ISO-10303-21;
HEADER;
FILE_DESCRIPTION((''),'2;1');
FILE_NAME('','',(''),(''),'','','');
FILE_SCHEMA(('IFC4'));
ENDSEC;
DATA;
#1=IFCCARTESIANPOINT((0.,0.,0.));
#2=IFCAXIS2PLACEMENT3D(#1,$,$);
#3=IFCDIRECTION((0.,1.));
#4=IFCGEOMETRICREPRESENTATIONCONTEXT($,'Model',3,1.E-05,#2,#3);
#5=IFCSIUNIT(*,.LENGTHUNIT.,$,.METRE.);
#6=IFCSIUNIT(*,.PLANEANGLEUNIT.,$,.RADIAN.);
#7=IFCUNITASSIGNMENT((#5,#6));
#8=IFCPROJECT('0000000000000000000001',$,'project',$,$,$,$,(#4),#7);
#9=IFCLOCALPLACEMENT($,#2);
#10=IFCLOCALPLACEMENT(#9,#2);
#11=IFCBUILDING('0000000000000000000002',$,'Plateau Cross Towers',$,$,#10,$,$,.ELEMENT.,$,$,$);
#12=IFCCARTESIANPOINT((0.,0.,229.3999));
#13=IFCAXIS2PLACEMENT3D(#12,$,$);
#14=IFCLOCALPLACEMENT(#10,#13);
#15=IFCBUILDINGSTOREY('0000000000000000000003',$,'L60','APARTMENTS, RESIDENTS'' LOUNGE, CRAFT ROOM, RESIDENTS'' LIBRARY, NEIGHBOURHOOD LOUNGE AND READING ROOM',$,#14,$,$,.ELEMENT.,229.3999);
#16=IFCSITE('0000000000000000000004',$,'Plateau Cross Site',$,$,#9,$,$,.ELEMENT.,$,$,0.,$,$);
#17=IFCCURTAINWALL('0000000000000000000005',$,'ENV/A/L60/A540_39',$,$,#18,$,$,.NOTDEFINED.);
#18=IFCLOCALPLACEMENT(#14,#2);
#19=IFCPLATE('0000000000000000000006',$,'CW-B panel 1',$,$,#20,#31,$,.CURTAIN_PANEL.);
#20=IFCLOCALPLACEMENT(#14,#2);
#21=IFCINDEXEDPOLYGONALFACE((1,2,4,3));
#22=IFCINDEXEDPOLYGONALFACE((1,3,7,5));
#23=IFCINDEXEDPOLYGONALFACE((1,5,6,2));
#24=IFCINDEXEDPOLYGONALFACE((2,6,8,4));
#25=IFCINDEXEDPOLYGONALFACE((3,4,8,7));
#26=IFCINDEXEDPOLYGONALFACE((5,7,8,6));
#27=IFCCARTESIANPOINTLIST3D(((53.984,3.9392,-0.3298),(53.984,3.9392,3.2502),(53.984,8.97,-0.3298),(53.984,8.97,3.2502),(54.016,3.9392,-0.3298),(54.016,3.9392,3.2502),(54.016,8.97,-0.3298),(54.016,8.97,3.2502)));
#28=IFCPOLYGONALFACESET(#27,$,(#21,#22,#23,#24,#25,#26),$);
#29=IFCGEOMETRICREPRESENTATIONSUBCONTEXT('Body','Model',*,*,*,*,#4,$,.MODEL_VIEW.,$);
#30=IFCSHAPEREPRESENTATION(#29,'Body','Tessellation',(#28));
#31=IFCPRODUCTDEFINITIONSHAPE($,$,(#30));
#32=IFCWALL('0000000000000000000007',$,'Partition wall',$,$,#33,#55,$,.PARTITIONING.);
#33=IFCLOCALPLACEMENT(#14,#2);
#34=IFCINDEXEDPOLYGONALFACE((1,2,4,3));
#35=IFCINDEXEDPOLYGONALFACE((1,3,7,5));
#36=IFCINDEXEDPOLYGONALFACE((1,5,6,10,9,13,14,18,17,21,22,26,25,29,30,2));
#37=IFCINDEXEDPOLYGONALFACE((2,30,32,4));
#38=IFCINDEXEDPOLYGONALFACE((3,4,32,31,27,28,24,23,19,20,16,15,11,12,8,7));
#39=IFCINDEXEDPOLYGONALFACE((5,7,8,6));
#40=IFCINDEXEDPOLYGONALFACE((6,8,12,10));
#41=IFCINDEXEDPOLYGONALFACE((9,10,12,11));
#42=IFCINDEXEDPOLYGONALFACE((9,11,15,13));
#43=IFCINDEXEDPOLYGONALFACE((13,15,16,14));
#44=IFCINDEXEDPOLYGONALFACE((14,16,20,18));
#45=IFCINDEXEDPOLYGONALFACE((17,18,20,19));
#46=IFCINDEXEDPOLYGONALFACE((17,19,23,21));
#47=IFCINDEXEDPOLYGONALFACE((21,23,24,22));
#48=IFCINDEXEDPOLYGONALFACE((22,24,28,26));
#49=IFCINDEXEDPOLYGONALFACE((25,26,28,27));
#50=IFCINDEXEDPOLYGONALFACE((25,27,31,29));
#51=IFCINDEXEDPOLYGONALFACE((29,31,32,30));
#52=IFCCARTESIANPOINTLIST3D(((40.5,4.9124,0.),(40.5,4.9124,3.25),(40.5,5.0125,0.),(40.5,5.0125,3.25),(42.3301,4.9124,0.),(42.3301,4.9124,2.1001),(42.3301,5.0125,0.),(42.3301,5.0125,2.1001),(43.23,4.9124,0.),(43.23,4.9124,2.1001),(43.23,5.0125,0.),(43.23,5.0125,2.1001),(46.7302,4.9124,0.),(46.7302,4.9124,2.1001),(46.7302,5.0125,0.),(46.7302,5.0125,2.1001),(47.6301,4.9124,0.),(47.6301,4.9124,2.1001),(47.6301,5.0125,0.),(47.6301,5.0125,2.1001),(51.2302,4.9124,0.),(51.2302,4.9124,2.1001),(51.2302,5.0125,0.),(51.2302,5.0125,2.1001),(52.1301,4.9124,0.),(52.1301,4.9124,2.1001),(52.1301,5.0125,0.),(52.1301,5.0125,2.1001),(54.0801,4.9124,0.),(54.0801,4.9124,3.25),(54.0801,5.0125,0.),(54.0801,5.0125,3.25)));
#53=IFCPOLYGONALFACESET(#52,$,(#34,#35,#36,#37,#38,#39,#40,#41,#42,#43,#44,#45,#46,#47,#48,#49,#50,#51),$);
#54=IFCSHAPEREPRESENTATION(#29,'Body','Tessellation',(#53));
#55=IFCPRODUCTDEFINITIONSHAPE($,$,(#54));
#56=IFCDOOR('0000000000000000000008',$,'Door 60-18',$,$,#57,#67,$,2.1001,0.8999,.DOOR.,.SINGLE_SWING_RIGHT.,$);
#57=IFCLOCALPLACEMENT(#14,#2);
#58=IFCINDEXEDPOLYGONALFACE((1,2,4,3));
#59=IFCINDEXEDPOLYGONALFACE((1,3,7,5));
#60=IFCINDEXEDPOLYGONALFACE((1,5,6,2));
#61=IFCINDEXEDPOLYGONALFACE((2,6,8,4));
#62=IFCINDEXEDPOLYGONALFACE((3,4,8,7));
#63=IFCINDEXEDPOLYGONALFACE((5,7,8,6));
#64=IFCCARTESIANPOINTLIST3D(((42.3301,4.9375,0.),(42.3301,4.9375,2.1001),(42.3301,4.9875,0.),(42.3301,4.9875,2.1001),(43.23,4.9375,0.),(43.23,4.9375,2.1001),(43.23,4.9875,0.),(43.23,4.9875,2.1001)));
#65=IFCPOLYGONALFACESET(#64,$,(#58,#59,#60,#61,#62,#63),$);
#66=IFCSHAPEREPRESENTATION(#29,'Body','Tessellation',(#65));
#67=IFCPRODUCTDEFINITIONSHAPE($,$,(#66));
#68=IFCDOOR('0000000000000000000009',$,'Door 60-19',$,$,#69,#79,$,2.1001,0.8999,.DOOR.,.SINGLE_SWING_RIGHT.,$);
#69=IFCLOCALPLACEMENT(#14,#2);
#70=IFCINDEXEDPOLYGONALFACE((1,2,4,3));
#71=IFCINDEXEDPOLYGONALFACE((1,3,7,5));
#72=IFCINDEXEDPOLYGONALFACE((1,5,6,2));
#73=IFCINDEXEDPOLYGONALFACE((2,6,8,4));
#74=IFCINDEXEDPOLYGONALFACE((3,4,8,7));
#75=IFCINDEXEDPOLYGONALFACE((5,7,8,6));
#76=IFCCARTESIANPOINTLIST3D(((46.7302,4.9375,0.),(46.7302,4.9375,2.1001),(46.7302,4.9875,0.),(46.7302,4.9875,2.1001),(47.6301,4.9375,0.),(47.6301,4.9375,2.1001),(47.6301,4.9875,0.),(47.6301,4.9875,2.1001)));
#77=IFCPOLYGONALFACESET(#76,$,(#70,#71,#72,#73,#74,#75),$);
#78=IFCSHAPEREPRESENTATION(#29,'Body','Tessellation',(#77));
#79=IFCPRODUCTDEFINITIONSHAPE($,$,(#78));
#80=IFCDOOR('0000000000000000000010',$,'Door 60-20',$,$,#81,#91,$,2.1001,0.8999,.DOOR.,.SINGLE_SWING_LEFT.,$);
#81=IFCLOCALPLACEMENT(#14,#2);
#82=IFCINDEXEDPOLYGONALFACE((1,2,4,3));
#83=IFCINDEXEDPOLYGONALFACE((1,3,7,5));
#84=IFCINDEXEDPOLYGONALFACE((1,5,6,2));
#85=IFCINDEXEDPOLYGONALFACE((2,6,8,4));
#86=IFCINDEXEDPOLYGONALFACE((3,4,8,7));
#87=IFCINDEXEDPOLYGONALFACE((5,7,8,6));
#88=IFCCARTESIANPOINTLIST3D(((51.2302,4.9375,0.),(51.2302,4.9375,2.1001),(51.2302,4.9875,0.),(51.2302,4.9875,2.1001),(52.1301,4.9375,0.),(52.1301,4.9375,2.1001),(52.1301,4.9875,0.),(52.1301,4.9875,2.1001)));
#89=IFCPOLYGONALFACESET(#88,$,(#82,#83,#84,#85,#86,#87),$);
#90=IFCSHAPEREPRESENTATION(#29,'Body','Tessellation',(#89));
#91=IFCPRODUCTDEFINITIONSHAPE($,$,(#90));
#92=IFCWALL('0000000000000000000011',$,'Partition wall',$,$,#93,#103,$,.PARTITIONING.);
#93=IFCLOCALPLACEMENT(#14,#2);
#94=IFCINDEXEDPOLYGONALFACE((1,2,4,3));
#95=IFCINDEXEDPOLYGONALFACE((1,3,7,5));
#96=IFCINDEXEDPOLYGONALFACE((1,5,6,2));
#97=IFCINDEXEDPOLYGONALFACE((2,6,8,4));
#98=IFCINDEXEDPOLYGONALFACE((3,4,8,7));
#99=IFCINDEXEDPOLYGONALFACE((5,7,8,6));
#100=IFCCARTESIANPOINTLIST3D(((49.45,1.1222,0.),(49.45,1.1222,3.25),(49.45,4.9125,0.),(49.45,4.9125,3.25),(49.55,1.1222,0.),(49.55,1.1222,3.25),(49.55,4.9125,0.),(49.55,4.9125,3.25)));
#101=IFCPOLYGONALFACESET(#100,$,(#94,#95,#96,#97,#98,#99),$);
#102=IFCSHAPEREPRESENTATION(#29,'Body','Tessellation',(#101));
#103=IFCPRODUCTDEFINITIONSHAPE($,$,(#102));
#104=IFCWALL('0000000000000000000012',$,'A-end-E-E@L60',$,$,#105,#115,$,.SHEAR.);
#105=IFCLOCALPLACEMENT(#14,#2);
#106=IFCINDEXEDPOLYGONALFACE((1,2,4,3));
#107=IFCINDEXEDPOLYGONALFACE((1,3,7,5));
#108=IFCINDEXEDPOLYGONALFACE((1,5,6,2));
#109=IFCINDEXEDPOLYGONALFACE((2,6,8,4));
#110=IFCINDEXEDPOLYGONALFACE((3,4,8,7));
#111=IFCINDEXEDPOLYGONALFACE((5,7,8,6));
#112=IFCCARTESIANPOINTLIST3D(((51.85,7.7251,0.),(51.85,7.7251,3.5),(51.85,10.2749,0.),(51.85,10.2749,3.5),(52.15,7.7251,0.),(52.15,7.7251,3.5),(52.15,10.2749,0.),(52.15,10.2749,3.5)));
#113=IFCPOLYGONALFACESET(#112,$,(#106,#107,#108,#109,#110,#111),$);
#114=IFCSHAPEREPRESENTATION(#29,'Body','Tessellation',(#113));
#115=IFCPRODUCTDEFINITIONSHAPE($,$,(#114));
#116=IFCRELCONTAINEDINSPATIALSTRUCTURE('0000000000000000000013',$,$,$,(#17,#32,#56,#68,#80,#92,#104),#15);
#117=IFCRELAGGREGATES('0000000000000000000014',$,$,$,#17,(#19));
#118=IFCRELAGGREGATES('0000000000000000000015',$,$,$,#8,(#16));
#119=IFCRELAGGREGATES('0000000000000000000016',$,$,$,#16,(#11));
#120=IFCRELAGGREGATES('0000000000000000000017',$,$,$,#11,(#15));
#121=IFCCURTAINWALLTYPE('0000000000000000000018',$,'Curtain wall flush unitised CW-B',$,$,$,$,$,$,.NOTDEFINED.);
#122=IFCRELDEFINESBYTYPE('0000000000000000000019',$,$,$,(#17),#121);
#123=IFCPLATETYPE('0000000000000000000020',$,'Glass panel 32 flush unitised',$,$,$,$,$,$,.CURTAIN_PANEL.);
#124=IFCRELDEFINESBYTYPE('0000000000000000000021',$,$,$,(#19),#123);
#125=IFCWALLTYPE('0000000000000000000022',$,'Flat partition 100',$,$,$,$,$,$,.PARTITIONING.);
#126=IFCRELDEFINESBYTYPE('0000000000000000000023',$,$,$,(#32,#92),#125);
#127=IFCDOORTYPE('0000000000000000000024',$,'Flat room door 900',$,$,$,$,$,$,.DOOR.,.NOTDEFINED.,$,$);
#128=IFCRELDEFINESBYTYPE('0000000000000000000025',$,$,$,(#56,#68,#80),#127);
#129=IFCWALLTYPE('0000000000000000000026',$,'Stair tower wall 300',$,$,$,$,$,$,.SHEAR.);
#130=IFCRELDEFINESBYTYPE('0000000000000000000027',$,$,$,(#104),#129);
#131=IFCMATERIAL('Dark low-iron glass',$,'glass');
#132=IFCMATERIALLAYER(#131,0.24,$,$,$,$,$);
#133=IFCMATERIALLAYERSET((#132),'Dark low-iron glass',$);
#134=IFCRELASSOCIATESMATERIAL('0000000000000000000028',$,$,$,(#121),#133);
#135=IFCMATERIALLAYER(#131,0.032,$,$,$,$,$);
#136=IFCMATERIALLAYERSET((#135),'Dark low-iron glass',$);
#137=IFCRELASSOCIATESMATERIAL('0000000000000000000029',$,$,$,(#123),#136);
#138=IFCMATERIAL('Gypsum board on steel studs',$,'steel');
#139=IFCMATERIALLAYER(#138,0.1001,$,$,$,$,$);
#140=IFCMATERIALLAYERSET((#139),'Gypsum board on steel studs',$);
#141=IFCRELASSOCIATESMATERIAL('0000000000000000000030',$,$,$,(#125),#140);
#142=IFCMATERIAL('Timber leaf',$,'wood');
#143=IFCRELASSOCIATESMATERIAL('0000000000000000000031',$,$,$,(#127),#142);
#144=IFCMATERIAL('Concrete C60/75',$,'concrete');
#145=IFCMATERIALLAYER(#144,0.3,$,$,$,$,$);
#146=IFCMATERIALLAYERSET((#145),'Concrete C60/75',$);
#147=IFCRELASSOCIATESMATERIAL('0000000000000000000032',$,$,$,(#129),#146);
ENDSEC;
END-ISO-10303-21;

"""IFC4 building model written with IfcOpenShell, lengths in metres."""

from ifc_helpers import new_model, si_unit, direction, frame, frame_2d, origin, origin_2d, place, context, subcontext, project, spatial, rectangle, extrude, material, layer, layer_set, type_object, element, fill, aggregate, save


model = new_model("IFC4")

# Units and contexts
model_context = context("Model", 3, precision=1e-05, world=origin(), true_north=direction((0.0, 1.0)))
body_context = subcontext(model_context, "Body", "Model", "MODEL_VIEW")
ifc_project = project(units=[si_unit("LENGTHUNIT", "METRE"), si_unit("PLANEANGLEUNIT", "RADIAN")], contexts=[model_context])

# Site, building, storey
site_placement = place(None, origin())
site = spatial("IfcSite", under=ifc_project, at=site_placement, Name="Plateau Cross Site", CompositionType="ELEMENT", RefElevation=0.0)
building_placement = place(site_placement, origin())
building = spatial("IfcBuilding", under=site, at=building_placement, Name="Plateau Cross Towers", CompositionType="ELEMENT")
storey_placement = place(building_placement, frame((0.0, 0.0, 229.3999)))
storey = spatial("IfcBuildingStorey", under=building, at=storey_placement, Name="L60", Description="APARTMENTS, RESIDENTS' LOUNGE, CRAFT ROOM, RESIDENTS' LIBRARY, NEIGHBOURHOOD LOUNGE AND READING ROOM", CompositionType="ELEMENT", Elevation=229.3999)

# Shared definitions
ifc_material_1 = material(Name="Concrete C60/75", Category="concrete")

# Shared definitions
ifc_material_2 = material(Name="Dark low-iron glass", Category="glass")
ifc_layer_1 = layer(ifc_material_2, 0.24)
ifc_layer_set_1 = layer_set([ifc_layer_1], Name="Dark low-iron glass")
curtain_wall_type = type_object("IfcCurtainWallType", Name="Curtain wall flush unitised CW-B", PredefinedType="NOTDEFINED", material=ifc_layer_set_1)

# Curtain wall
curtain_wall_1_placement = place(storey_placement, origin())
curtain_wall_1 = element("IfcCurtainWall", 1, at=curtain_wall_1_placement, inside=storey, type_object=curtain_wall_type, Name="ENV/A/L60/A540_39", PredefinedType="NOTDEFINED")

# Plate
ifc_layer_2 = layer(ifc_material_2, 0.032)
ifc_layer_set_2 = layer_set([ifc_layer_2], Name="Dark low-iron glass")
plate_type = type_object("IfcPlateType", Name="Glass panel 32 flush unitised", PredefinedType="CURTAIN_PANEL", material=ifc_layer_set_2)
plate_1_placement = place(storey_placement, frame((54.0, 6.4546, -0.3298), z_axis=(0.0, 0.0, 1.0), x_axis=(0.0, 1.0, 0.0)))
plate_1 = element("IfcPlate", 2, at=plate_1_placement, type_object=plate_type, Name="CW-B panel 1", PredefinedType="CURTAIN_PANEL", context=body_context, shape_type="SweptSolid", body=[
    extrude(rectangle(XDim=5.0308, YDim=0.032, at=origin_2d()), origin(), (0.0, 0.0, 1.0), 3.5801),
])
aggregate(curtain_wall_1, [plate_1])

# Wall, openings, doors
ifc_material_3 = material(Name="Gypsum board on steel studs", Category="steel")
ifc_layer_3 = layer(ifc_material_3, 0.1001)
ifc_layer_set_3 = layer_set([ifc_layer_3], Name="Gypsum board on steel studs")
wall_type_1 = type_object("IfcWallType", Name="Flat partition 100", PredefinedType="PARTITIONING", material=ifc_layer_set_3)
wall_1_placement = place(storey_placement, frame((54.0801, 4.9624, 0.0), z_axis=(0.0, 0.0, 1.0), x_axis=(-1.0, 0.0, 0.0)))
wall_1 = element("IfcWall", 3, at=wall_1_placement, inside=storey, type_object=wall_type_1, Name="Partition wall", PredefinedType="PARTITIONING", context=body_context, shape_type="SweptSolid", body=[
    extrude(rectangle(XDim=13.5801, YDim=0.1001, at=frame_2d((6.79, 0.0))), origin(), (0.0, 0.0, 1.0), 3.25),
])
opening_1_placement = place(wall_1_placement, frame((10.8501, 0.0, 0.0)))
opening_1 = element("IfcOpeningElement", 4, at=opening_1_placement, cuts=wall_1, PredefinedType="OPENING", context=body_context, shape_type="SweptSolid", body=[
    extrude(rectangle(XDim=0.8999, YDim=2.1001, at=frame_2d((0.45, 1.05))), frame((0.0, 0.0601, 0.0), z_axis=(0.0, -1.0, 0.0), x_axis=(1.0, 0.0, 0.0)), (0.0, 0.0, 1.0), 0.1201),
])
opening_2_placement = place(wall_1_placement, frame((6.45, 0.0, 0.0)))
opening_2 = element("IfcOpeningElement", 5, at=opening_2_placement, cuts=wall_1, PredefinedType="OPENING", context=body_context, shape_type="SweptSolid", body=[
    extrude(rectangle(XDim=0.8999, YDim=2.1001, at=frame_2d((0.45, 1.05))), frame((0.0, 0.0601, 0.0), z_axis=(0.0, -1.0, 0.0), x_axis=(1.0, 0.0, 0.0)), (0.0, 0.0, 1.0), 0.1201),
])
opening_3_placement = place(wall_1_placement, frame((1.95, 0.0, 0.0)))
opening_3 = element("IfcOpeningElement", 6, at=opening_3_placement, cuts=wall_1, PredefinedType="OPENING", context=body_context, shape_type="SweptSolid", body=[
    extrude(rectangle(XDim=0.8999, YDim=2.1001, at=frame_2d((0.45, 1.05))), frame((0.0, 0.0601, 0.0), z_axis=(0.0, -1.0, 0.0), x_axis=(1.0, 0.0, 0.0)), (0.0, 0.0, 1.0), 0.1201),
])
ifc_material_4 = material(Name="Timber leaf", Category="wood")
door_type = type_object("IfcDoorType", Name="Flat room door 900", OperationType="NOTDEFINED", PredefinedType="DOOR", material=ifc_material_4)
door_1_placement = place(opening_1_placement, origin())
door_1 = element("IfcDoor", 7, at=door_1_placement, inside=storey, type_object=door_type, Name="Door 60-18", OperationType="SINGLE_SWING_RIGHT", OverallHeight=2.1001, OverallWidth=0.8999, PredefinedType="DOOR", context=body_context, shape_type="SweptSolid", body=[
    extrude(rectangle(XDim=0.8999, YDim=2.1001, at=frame_2d((0.45, 1.05))), frame((0.0, 0.0249, 0.0), z_axis=(0.0, -1.0, 0.0), x_axis=(1.0, 0.0, 0.0)), (0.0, 0.0, 1.0), 0.05),
])
fill(opening_1, door_1)
door_2_placement = place(opening_2_placement, origin())
door_2 = element("IfcDoor", 8, at=door_2_placement, inside=storey, type_object=door_type, Name="Door 60-19", OperationType="SINGLE_SWING_RIGHT", OverallHeight=2.1001, OverallWidth=0.8999, PredefinedType="DOOR", context=body_context, shape_type="SweptSolid", body=[
    extrude(rectangle(XDim=0.8999, YDim=2.1001, at=frame_2d((0.45, 1.05))), frame((0.0, 0.0249, 0.0), z_axis=(0.0, -1.0, 0.0), x_axis=(1.0, 0.0, 0.0)), (0.0, 0.0, 1.0), 0.05),
])
fill(opening_2, door_2)
door_3_placement = place(opening_3_placement, origin())
door_3 = element("IfcDoor", 9, at=door_3_placement, inside=storey, type_object=door_type, Name="Door 60-20", OperationType="SINGLE_SWING_LEFT", OverallHeight=2.1001, OverallWidth=0.8999, PredefinedType="DOOR", context=body_context, shape_type="SweptSolid", body=[
    extrude(rectangle(XDim=0.8999, YDim=2.1001, at=frame_2d((0.45, 1.05))), frame((0.0, 0.0249, 0.0), z_axis=(0.0, -1.0, 0.0), x_axis=(1.0, 0.0, 0.0)), (0.0, 0.0, 1.0), 0.05),
])
fill(opening_3, door_3)

# Walls
wall_2_placement = place(storey_placement, frame((49.5, 1.1223, 0.0), z_axis=(0.0, 0.0, 1.0), x_axis=(0.0, 1.0, 0.0)))
element("IfcWall", 10, at=wall_2_placement, inside=storey, type_object=wall_type_1, Name="Partition wall", PredefinedType="PARTITIONING", context=body_context, shape_type="SweptSolid", body=[
    extrude(rectangle(XDim=3.7903, YDim=0.1001, at=frame_2d((1.895, 0.0))), origin(), (0.0, 0.0, 1.0), 3.25),
])
ifc_layer_4 = layer(ifc_material_1, 0.3)
ifc_layer_set_4 = layer_set([ifc_layer_4], Name="Concrete C60/75")
wall_type_2 = type_object("IfcWallType", Name="Stair tower wall 300", PredefinedType="SHEAR", material=ifc_layer_set_4)
wall_3_placement = place(storey_placement, frame((52.0, 7.7251, 0.0), z_axis=(0.0, 0.0, 1.0), x_axis=(0.0, 1.0, 0.0)))
element("IfcWall", 11, at=wall_3_placement, inside=storey, type_object=wall_type_2, Name="A-end-E-E@L60", PredefinedType="SHEAR", context=body_context, shape_type="SweptSolid", body=[
    extrude(rectangle(XDim=2.5498, YDim=0.3, at=frame_2d((1.2749, 0.0))), origin(), (0.0, 0.0, 1.0), 3.5),
])

save(model, "model.ifc")
